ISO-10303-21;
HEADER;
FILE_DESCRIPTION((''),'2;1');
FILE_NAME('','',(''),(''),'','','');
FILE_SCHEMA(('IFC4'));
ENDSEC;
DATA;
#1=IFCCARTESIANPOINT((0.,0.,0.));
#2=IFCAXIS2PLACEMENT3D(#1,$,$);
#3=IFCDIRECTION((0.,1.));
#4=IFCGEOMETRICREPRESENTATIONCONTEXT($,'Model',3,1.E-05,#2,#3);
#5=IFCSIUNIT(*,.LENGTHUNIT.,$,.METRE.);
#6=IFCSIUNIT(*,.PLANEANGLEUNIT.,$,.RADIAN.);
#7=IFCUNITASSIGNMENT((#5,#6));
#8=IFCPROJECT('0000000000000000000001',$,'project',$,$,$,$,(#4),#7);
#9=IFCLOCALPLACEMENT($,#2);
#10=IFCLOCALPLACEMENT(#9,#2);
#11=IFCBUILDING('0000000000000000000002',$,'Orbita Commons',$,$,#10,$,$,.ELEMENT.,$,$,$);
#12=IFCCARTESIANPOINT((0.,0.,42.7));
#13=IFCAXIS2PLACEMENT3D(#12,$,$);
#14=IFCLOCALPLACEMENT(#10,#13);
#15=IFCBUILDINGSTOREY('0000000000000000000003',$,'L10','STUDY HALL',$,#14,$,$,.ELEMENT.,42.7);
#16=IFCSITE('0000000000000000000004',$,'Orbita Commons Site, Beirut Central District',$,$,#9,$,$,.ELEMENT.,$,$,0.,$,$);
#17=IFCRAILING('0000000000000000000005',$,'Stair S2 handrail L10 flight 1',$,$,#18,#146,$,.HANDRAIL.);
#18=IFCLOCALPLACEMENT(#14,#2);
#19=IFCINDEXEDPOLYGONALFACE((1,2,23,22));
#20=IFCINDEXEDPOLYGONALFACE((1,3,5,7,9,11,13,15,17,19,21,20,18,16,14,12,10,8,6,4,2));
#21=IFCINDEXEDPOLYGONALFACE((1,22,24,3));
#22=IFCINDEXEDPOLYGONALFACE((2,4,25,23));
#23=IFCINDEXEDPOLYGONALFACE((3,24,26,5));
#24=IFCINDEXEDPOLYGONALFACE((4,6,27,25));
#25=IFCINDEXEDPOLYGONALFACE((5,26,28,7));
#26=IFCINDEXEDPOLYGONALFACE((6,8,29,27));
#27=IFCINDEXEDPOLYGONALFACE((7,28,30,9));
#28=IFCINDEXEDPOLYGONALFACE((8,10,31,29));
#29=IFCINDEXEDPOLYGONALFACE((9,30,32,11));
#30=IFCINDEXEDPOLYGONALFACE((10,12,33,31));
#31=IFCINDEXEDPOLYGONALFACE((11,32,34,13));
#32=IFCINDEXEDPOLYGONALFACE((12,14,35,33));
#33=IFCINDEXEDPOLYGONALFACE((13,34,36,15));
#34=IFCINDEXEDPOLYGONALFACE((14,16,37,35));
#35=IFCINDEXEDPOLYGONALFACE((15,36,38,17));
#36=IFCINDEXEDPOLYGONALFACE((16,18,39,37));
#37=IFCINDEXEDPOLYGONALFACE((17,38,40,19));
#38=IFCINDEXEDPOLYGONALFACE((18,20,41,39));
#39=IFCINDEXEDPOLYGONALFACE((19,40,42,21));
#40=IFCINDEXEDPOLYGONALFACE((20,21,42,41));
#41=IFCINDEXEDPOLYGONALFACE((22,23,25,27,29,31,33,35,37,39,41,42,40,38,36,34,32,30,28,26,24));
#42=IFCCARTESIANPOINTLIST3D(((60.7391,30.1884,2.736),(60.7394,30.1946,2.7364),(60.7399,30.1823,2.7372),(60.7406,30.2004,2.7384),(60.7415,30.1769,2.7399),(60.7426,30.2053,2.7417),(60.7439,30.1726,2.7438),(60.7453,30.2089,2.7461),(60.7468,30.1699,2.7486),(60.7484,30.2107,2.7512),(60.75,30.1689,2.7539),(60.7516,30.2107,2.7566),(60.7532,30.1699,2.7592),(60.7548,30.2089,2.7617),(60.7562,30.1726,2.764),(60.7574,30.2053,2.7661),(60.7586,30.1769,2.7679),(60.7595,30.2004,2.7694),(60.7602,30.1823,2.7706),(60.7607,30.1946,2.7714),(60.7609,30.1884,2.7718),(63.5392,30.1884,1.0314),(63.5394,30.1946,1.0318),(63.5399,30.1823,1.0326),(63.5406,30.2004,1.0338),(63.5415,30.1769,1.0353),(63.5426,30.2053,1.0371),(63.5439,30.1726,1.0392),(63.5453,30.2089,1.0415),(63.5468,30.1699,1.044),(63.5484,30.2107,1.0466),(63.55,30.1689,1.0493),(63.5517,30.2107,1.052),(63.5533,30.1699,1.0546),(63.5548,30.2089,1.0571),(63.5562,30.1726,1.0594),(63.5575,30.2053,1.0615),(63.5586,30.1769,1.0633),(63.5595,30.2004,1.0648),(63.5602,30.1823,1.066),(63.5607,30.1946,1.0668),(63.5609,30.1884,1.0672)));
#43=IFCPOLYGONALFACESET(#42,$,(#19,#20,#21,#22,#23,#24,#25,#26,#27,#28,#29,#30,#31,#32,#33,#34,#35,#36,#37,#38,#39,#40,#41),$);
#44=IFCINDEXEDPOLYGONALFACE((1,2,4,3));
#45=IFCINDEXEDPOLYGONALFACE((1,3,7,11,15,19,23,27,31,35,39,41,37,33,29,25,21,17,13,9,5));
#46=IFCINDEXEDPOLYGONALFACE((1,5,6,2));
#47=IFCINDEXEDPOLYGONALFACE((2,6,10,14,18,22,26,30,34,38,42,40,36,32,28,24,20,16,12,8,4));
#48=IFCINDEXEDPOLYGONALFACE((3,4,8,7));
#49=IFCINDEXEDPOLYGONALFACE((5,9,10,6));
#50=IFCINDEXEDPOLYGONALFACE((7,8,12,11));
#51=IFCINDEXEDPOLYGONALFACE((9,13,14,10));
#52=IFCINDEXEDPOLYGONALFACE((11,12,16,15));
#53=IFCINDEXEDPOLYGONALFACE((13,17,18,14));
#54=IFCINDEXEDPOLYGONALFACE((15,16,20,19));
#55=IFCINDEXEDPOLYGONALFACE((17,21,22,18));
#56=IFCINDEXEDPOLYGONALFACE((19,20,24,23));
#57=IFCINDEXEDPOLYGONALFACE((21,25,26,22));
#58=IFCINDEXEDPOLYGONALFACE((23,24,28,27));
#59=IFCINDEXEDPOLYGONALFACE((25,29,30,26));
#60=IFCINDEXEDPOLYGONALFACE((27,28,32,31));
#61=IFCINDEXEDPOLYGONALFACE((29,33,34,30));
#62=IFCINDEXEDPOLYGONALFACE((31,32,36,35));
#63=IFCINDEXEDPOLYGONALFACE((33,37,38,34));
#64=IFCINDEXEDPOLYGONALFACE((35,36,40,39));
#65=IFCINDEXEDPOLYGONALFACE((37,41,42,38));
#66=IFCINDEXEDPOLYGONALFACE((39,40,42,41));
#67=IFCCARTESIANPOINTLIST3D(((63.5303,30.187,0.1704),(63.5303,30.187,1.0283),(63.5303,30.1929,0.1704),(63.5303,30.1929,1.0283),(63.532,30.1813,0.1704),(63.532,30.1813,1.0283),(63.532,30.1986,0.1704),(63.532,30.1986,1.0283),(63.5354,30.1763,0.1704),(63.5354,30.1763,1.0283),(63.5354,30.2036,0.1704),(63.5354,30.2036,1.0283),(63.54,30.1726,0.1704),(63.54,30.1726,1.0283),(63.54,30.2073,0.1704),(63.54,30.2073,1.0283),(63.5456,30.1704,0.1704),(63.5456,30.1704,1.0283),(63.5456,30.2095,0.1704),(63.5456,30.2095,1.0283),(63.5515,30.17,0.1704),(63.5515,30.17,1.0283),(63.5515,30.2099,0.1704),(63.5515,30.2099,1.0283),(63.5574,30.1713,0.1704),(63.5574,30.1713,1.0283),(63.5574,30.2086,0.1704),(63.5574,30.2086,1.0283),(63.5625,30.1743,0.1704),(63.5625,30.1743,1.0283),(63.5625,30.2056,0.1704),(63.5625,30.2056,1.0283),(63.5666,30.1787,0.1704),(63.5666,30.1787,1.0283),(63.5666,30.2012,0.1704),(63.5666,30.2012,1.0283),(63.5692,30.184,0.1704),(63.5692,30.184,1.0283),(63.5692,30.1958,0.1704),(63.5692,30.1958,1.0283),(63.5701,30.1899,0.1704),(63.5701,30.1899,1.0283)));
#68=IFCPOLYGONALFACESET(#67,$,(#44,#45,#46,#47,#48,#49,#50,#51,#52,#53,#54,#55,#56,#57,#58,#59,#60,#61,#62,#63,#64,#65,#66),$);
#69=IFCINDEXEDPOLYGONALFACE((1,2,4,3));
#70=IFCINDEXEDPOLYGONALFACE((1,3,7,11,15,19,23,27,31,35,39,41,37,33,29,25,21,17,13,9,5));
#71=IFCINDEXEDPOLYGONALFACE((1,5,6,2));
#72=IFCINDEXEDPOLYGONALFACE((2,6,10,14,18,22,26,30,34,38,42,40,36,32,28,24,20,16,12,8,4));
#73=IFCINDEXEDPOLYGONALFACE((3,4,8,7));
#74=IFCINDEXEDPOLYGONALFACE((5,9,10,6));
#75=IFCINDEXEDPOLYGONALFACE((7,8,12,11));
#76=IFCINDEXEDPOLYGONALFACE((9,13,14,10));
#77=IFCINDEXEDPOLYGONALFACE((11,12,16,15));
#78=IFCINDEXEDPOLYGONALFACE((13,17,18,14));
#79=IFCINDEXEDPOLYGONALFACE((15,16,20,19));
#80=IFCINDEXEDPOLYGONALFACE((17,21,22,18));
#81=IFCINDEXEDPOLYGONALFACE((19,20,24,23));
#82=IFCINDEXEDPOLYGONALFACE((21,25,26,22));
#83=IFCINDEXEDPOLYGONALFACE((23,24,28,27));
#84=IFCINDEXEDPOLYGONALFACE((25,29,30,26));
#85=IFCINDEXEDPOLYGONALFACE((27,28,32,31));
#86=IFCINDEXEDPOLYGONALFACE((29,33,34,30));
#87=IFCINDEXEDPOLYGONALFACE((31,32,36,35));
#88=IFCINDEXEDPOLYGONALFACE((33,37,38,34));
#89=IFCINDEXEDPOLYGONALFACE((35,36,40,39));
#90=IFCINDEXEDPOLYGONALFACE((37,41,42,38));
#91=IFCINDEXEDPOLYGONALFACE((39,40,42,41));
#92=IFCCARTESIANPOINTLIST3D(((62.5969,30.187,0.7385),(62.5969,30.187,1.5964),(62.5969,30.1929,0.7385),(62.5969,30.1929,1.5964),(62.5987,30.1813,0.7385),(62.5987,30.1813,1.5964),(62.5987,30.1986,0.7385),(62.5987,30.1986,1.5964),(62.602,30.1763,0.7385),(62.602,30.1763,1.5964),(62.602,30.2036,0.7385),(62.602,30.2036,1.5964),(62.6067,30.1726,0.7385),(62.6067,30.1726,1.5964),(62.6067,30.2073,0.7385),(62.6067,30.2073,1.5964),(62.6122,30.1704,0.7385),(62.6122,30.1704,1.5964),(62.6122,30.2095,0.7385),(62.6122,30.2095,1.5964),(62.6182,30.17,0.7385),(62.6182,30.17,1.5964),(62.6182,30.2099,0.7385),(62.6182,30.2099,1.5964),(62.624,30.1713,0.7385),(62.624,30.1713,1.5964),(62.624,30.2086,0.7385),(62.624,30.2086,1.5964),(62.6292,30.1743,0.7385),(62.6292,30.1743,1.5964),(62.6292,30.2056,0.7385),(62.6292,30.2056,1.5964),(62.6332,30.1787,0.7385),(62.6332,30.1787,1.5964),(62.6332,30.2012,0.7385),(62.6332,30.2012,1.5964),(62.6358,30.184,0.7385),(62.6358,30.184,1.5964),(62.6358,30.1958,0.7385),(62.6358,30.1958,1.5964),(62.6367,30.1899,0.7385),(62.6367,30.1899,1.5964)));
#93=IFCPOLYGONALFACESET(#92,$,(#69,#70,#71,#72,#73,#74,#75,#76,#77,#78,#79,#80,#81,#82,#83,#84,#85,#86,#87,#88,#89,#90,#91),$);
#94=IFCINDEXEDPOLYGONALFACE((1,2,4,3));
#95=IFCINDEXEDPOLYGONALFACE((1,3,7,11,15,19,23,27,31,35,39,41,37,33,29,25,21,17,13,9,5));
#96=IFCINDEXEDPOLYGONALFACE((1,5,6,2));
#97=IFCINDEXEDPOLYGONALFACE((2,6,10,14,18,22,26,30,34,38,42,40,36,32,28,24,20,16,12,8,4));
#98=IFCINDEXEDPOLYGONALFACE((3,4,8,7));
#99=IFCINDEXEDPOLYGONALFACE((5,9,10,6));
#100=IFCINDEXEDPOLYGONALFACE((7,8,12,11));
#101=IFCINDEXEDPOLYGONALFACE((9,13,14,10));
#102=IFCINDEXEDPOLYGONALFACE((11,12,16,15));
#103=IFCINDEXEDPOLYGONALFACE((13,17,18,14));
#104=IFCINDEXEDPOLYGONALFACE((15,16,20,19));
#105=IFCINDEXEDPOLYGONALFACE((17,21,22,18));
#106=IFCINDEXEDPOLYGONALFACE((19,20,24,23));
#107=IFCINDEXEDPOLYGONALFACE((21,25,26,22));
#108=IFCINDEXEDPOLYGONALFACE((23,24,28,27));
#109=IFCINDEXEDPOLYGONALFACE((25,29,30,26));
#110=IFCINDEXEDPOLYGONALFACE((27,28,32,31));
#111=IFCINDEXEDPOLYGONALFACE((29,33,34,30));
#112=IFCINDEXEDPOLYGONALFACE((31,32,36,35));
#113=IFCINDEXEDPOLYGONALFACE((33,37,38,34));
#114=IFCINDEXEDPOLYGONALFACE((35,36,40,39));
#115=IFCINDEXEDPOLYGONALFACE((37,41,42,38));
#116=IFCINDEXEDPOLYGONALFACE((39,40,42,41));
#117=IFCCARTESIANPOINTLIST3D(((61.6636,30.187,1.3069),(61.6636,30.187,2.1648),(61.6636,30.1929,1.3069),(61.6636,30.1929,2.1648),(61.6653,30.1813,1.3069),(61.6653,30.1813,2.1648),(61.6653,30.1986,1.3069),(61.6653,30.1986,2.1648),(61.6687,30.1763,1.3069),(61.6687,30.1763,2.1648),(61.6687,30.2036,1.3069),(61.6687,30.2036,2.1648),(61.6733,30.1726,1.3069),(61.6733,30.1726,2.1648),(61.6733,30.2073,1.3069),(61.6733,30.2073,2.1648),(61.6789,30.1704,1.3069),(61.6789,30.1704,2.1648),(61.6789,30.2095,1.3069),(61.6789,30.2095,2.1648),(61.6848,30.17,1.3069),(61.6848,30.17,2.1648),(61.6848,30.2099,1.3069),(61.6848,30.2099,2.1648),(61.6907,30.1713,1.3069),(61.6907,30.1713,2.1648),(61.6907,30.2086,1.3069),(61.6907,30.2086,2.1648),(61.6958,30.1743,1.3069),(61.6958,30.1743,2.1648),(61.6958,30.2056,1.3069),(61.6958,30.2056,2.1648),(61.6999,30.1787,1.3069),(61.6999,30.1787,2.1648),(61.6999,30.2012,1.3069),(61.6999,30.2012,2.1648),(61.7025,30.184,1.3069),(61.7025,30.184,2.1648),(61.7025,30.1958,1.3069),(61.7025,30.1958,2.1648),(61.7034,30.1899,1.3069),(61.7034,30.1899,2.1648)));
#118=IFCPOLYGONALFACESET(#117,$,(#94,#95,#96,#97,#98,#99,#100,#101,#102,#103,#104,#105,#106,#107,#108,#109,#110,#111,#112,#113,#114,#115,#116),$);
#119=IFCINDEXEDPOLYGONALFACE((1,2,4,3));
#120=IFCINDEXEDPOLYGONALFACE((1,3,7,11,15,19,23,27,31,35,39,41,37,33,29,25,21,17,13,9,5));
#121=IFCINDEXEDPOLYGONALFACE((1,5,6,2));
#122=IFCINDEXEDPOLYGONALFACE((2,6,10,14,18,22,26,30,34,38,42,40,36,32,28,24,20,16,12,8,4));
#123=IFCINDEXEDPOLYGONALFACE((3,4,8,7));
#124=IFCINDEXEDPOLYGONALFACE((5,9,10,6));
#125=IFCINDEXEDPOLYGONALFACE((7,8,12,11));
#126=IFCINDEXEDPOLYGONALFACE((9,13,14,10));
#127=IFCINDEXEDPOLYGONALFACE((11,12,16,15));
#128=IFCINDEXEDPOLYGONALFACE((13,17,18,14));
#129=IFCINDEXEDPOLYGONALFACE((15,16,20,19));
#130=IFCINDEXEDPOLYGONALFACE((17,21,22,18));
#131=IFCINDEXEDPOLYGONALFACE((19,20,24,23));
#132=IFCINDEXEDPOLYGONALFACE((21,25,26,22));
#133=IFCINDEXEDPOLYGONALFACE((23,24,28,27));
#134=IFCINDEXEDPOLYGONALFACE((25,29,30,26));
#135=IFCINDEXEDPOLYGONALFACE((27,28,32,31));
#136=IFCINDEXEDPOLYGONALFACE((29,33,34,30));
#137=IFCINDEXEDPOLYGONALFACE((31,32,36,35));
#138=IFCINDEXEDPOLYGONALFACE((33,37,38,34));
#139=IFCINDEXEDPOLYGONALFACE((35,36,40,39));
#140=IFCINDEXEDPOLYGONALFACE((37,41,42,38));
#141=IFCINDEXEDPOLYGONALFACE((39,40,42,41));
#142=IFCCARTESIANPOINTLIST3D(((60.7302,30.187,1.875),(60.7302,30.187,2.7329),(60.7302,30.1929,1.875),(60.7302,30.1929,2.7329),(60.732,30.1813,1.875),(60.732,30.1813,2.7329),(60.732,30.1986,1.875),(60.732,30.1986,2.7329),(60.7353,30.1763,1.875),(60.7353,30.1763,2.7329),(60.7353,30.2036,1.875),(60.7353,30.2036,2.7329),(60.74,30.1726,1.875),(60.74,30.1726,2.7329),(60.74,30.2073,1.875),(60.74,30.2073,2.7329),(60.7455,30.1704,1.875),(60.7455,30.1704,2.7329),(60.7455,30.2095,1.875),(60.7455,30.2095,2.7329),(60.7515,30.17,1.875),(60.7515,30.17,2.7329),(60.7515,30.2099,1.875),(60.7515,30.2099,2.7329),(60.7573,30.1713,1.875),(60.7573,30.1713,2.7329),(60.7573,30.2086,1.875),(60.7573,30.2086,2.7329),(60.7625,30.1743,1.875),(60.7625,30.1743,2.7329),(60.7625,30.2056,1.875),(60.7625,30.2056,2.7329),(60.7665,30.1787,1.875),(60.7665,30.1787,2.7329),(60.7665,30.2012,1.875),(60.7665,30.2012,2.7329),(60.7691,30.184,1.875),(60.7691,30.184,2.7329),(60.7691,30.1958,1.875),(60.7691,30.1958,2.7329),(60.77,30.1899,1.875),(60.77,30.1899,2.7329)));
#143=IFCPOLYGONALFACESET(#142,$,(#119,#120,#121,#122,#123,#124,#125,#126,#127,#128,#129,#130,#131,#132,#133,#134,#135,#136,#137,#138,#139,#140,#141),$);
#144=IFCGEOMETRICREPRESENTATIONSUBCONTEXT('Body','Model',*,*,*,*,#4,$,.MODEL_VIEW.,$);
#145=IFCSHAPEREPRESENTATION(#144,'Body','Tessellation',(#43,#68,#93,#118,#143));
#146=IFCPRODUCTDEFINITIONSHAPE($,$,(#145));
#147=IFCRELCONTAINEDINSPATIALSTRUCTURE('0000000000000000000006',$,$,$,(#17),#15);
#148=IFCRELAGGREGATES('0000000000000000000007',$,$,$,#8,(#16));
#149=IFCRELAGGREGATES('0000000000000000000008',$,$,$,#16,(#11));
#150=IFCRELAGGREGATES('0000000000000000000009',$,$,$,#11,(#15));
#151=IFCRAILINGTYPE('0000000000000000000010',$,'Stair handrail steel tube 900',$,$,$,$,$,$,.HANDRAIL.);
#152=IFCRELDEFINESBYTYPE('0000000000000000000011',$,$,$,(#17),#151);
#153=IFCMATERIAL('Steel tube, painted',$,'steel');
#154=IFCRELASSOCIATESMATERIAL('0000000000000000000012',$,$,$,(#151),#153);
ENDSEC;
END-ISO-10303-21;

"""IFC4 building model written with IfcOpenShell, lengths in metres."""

from ifc_helpers import new_model, si_unit, direction, frame, origin, origin_2d, place, context, subcontext, project, spatial, circle, extrude, material, type_object, element, save


model = new_model("IFC4")

# Units and contexts
model_context = context("Model", 3, precision=1e-05, world=origin(), true_north=direction((0.0, 1.0)))
body_context = subcontext(model_context, "Body", "Model", "MODEL_VIEW")
ifc_project = project(units=[si_unit("LENGTHUNIT", "METRE"), si_unit("PLANEANGLEUNIT", "RADIAN")], contexts=[model_context])

# Site, building, storey
site_placement = place(None, origin())
site = spatial("IfcSite", under=ifc_project, at=site_placement, Name="Orbita Commons Site, Beirut Central District", CompositionType="ELEMENT", RefElevation=0.0)
building_placement = place(site_placement, origin())
building = spatial("IfcBuilding", under=site, at=building_placement, Name="Orbita Commons", CompositionType="ELEMENT")
storey_placement = place(building_placement, frame((0.0, 0.0, 42.7)))
storey = spatial("IfcBuildingStorey", under=building, at=storey_placement, Name="L10", Description="STUDY HALL", CompositionType="ELEMENT", Elevation=42.7)

# Railing
ifc_material_1 = material(Name="Steel tube, painted", Category="steel")
railing_type = type_object("IfcRailingType", Name="Stair handrail steel tube 900", PredefinedType="HANDRAIL", material=ifc_material_1)
for number, where, name in (
    (1, (63.55, 30.1899, 0.1704), "Stair S2 handrail L10 flight 1"),
):
    element("IfcRailing", number, at=place(storey_placement, frame(where)), inside=storey, type_object=railing_type, Name=name, PredefinedType="HANDRAIL", context=body_context, shape_type="SweptSolid", body=[
        extrude(circle(Radius=0.021, at=origin_2d()), frame((0.0, 0.0, 0.8789), z_axis=(-0.85417, 0.0, 0.519994), x_axis=(0.0, -1.0, 0.0)), (0.0, 0.0, 1.0), 3.2781),
        extrude(circle(Radius=0.02, at=origin_2d()), origin(), (0.0, 0.0, 1.0), 0.8579),
        extrude(circle(Radius=0.02, at=origin_2d()), frame((-0.9333, 0.0, 0.5681)), (0.0, 0.0, 1.0), 0.8579),
        extrude(circle(Radius=0.02, at=origin_2d()), frame((-1.8667, 0.0, 1.1365)), (0.0, 0.0, 1.0), 0.8579),
        extrude(circle(Radius=0.02, at=origin_2d()), frame((-2.8, 0.0, 1.7046)), (0.0, 0.0, 1.0), 0.8579),
    ])

save(model, "model.ifc")
